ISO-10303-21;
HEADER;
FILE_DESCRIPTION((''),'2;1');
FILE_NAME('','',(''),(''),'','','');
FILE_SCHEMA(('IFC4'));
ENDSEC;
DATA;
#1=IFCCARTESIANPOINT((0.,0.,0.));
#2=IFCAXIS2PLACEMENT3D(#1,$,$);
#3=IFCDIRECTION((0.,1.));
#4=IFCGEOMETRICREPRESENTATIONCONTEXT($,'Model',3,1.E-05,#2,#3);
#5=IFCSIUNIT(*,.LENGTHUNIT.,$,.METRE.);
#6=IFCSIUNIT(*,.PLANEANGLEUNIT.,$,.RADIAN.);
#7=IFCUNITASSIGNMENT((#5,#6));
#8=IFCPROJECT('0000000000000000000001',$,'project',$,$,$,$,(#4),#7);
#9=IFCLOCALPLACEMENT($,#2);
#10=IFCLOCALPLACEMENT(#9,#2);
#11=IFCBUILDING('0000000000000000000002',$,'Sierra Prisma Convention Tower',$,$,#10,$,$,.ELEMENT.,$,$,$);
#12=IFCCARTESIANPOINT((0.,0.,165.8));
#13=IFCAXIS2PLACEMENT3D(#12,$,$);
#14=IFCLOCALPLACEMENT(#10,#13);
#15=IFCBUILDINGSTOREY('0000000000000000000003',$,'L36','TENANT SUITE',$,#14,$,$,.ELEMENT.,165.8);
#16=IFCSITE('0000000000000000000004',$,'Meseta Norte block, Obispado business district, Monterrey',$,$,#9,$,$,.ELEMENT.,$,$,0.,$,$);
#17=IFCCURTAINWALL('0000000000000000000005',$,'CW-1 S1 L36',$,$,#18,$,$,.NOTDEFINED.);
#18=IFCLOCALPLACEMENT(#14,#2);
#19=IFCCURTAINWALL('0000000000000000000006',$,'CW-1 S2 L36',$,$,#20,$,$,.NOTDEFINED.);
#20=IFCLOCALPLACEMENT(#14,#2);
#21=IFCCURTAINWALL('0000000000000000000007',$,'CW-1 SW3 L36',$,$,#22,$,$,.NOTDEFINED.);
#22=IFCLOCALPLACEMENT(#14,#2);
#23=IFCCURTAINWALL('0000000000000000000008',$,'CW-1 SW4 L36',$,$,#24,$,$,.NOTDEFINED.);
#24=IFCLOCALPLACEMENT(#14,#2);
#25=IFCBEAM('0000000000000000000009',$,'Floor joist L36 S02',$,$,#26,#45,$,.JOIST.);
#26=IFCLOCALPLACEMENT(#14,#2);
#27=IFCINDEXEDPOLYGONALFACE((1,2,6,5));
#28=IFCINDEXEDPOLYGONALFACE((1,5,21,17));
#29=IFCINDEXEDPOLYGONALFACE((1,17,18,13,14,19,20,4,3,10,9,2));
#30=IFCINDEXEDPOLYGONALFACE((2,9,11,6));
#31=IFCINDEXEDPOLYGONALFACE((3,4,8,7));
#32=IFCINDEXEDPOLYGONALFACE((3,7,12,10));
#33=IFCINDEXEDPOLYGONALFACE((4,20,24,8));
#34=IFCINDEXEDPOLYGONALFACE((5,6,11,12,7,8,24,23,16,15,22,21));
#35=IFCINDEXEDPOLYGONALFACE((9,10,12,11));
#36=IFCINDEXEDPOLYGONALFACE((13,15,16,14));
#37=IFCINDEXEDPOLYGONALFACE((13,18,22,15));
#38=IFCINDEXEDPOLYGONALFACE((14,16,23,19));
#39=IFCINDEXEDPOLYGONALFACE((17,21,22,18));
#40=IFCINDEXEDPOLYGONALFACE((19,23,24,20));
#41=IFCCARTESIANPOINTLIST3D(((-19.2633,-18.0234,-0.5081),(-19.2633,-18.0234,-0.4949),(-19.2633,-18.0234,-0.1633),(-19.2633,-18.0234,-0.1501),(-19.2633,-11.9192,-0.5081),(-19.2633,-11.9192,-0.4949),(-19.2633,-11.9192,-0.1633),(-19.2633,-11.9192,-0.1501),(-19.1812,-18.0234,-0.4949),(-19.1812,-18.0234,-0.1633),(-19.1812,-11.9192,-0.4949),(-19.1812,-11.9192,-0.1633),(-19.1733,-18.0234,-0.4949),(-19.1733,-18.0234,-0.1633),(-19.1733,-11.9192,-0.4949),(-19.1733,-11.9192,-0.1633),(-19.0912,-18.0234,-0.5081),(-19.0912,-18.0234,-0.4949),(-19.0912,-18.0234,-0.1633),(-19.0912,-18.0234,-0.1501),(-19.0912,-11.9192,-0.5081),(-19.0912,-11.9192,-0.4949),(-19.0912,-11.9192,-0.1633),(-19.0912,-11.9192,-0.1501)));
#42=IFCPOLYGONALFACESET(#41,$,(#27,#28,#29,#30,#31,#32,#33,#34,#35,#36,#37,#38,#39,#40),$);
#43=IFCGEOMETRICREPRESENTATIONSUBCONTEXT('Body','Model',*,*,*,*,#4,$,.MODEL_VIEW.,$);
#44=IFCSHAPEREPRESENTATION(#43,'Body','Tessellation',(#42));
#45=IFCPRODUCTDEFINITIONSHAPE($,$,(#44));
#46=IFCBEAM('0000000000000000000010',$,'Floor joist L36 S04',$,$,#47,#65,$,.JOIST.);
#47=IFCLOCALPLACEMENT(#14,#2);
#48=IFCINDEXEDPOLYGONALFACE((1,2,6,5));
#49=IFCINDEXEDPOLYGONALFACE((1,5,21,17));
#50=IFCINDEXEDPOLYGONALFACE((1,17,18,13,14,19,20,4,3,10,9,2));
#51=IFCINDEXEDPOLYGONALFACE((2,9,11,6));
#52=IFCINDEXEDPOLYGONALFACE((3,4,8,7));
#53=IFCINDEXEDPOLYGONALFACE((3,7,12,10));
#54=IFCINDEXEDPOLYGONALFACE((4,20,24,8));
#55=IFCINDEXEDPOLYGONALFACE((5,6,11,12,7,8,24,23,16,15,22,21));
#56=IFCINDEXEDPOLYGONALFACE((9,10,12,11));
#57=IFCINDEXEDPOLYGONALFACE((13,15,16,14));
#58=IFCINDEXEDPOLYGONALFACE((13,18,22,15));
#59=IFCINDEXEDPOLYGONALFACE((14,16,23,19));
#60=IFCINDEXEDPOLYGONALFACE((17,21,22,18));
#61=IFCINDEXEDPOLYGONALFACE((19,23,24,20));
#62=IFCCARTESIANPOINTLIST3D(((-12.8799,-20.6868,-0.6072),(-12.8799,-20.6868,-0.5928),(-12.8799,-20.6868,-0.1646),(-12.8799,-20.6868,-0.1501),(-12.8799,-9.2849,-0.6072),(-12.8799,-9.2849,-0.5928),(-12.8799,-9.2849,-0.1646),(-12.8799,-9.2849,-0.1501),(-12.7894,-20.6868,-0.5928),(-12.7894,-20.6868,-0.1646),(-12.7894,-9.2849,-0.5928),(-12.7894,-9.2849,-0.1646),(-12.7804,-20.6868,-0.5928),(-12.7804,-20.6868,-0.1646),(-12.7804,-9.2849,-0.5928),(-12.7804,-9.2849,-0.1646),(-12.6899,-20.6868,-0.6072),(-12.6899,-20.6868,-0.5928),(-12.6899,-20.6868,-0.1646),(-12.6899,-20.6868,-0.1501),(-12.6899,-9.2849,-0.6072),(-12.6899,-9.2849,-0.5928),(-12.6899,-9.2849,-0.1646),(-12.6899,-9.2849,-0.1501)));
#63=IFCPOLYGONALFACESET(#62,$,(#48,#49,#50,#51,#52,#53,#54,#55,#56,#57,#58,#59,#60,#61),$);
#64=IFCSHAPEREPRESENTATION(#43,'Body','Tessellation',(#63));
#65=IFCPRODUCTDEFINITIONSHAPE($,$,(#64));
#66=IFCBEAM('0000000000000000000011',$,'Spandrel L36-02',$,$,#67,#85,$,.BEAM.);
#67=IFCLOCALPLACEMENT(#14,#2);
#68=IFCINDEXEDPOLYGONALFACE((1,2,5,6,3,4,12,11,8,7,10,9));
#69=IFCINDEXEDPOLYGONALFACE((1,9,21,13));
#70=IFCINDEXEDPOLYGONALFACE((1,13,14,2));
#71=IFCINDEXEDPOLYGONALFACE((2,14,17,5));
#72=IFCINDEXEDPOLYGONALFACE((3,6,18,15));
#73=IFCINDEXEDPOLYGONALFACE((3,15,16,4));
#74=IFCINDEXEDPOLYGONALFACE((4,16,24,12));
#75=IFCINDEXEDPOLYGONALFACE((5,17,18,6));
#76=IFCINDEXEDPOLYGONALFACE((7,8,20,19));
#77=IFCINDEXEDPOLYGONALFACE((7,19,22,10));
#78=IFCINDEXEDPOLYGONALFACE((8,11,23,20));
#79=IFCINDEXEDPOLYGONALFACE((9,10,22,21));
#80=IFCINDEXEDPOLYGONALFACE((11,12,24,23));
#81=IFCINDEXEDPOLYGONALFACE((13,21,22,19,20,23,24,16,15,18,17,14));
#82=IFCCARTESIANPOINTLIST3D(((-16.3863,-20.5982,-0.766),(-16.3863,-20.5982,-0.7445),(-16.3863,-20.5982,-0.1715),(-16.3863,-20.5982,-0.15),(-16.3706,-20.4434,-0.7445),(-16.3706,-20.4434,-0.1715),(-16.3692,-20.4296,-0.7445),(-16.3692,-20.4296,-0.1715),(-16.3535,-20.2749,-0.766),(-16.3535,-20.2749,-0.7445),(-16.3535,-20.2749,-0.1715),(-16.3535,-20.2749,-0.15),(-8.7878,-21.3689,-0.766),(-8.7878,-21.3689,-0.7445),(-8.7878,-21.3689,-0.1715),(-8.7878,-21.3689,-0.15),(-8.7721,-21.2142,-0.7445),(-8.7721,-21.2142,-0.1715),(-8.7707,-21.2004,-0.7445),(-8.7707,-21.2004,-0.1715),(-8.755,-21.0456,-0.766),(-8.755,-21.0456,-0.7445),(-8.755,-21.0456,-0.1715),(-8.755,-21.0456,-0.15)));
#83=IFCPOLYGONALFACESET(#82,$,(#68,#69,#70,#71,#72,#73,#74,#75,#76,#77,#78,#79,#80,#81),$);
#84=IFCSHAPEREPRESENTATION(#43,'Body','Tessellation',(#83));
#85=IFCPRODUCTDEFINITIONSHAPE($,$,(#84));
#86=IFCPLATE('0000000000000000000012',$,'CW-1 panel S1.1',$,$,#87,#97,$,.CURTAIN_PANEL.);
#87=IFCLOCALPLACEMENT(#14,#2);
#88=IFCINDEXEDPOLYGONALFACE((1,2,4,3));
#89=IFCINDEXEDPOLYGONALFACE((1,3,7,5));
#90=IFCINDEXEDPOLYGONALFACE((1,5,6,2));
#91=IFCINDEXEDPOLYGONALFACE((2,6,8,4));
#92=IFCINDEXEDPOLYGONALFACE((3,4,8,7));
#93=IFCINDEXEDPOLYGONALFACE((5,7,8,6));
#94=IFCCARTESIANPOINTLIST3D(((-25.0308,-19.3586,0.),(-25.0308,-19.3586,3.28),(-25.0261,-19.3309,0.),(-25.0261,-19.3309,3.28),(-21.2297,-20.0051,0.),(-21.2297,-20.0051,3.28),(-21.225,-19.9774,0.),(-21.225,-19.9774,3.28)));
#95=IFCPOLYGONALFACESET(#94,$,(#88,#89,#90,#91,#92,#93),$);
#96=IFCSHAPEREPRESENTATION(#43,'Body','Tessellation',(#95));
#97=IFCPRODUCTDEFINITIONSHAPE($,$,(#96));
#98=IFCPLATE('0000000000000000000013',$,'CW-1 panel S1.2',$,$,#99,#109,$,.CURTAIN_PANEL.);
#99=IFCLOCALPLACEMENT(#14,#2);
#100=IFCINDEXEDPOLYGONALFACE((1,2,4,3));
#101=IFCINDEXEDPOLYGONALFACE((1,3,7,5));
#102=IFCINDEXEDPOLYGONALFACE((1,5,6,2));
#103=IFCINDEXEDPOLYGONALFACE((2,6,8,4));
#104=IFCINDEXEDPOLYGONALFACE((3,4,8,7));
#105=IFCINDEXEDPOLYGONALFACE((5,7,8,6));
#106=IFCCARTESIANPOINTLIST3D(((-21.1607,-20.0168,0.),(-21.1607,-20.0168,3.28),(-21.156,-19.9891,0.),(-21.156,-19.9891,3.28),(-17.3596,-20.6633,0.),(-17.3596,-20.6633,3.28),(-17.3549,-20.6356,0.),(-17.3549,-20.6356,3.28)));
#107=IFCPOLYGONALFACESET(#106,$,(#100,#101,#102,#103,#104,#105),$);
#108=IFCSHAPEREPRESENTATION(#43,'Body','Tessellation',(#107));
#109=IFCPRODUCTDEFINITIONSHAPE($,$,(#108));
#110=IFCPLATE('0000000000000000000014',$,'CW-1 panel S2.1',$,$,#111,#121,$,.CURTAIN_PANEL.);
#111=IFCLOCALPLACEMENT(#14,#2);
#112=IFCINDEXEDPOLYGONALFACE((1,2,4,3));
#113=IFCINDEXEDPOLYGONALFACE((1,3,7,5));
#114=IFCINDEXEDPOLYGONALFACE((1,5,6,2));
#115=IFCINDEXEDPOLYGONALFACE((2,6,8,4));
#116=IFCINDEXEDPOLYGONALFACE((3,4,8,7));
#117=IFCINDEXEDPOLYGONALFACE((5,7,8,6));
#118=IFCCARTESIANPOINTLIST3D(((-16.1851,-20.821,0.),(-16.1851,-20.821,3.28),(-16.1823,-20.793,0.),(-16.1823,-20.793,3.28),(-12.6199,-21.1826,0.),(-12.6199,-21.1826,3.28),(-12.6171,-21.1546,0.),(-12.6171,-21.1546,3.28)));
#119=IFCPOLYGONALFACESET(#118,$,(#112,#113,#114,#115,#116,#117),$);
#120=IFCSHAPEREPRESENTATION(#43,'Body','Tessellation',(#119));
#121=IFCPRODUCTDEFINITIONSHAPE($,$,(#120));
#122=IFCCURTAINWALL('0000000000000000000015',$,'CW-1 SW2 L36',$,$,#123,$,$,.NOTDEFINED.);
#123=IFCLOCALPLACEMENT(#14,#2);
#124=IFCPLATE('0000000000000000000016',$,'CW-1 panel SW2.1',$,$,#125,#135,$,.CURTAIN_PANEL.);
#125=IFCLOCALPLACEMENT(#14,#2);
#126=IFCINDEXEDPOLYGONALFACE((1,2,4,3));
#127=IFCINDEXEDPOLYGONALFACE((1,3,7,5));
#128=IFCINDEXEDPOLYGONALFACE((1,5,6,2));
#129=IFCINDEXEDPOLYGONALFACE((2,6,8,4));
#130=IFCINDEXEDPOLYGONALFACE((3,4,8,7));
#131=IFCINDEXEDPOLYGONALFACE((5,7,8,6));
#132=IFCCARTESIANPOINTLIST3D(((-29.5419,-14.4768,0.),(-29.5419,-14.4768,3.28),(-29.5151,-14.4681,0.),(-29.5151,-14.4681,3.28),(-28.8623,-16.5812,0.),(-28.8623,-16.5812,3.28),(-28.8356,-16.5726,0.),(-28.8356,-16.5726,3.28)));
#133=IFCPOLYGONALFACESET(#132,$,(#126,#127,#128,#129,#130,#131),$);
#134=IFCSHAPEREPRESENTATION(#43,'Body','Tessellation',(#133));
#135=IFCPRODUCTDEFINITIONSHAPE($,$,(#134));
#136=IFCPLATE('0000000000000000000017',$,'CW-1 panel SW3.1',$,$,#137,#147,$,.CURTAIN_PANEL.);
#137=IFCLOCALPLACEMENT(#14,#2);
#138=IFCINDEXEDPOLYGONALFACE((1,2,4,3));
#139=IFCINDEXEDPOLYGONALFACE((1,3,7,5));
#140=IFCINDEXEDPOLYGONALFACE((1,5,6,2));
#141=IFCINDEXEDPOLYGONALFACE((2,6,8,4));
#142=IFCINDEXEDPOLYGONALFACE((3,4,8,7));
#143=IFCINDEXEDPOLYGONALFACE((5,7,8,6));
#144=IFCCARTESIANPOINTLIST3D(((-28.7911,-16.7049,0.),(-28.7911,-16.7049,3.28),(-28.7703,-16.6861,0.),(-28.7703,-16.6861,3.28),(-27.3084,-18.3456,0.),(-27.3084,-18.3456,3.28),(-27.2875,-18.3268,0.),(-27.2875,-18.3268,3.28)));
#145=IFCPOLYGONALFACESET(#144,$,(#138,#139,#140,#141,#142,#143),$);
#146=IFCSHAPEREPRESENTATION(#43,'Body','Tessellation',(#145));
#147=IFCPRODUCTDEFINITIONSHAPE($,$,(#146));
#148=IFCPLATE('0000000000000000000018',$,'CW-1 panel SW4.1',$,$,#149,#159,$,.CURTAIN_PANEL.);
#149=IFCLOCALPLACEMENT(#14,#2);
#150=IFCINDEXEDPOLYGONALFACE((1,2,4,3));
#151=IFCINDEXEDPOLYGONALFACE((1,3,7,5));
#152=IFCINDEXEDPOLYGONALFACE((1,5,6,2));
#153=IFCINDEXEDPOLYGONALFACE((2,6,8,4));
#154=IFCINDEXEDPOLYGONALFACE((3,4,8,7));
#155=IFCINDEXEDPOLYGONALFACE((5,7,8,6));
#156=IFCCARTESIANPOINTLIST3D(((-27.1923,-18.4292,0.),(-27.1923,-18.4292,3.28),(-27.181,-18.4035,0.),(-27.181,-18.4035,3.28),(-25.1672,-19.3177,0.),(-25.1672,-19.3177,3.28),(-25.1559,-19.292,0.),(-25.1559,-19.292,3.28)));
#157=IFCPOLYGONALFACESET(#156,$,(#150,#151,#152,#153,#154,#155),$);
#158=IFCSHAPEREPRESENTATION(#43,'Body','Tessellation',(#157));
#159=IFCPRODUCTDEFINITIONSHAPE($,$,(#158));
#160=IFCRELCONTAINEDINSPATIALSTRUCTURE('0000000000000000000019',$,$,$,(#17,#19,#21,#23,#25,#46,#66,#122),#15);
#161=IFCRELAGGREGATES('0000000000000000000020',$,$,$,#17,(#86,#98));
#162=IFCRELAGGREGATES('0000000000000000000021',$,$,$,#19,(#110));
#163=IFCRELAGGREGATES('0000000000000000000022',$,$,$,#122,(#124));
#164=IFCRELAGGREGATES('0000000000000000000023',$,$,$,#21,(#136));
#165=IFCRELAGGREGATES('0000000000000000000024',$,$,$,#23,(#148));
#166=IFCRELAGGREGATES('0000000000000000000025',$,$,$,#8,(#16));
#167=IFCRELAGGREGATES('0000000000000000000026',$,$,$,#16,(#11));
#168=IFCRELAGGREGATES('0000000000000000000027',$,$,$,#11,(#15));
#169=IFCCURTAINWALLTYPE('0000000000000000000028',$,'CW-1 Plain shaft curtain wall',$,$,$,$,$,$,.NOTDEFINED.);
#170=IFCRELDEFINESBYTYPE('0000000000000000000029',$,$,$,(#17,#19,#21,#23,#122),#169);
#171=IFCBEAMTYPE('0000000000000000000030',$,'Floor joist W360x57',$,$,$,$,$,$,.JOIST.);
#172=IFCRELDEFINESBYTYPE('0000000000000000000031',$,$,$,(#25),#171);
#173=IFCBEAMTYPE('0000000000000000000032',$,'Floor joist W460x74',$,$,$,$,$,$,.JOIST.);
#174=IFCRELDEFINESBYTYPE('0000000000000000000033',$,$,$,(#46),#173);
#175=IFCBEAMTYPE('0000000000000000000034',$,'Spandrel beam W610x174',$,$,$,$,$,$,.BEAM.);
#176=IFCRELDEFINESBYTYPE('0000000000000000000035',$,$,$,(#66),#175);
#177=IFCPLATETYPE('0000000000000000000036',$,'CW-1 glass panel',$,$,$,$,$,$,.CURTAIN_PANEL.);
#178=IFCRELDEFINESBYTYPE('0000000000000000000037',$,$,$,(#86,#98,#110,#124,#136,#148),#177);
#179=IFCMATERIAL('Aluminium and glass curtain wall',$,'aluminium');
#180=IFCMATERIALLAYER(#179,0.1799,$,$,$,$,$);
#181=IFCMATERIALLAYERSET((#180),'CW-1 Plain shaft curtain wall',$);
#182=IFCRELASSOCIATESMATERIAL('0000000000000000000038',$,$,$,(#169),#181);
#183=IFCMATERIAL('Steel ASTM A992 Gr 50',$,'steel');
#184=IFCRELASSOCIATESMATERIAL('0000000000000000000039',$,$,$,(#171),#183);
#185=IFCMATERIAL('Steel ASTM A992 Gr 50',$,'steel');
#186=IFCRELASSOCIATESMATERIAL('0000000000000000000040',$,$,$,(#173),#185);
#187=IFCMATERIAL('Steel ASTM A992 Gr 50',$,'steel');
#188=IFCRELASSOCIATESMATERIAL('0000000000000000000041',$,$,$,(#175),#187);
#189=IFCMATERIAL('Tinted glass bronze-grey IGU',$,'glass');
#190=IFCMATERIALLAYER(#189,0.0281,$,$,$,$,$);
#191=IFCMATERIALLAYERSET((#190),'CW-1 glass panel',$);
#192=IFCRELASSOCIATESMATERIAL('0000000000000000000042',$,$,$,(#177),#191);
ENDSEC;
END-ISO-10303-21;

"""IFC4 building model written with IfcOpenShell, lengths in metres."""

from ifc_helpers import new_model, si_unit, direction, frame, origin, origin_2d, place, context, subcontext, project, spatial, rectangle, i_section, extrude, material, layer, layer_set, material_profile, profile_set, type_object, element, aggregate, save


model = new_model("IFC4")

# Units and contexts
model_context = context("Model", 3, precision=1e-05, world=origin(), true_north=direction((0.0, 1.0)))
body_context = subcontext(model_context, "Body", "Model", "MODEL_VIEW")
ifc_project = project(units=[si_unit("LENGTHUNIT", "METRE"), si_unit("PLANEANGLEUNIT", "RADIAN")], contexts=[model_context])

# Site, building, storey
site_placement = place(None, origin())
site = spatial("IfcSite", under=ifc_project, at=site_placement, Name="Meseta Norte block, Obispado business district, Monterrey", CompositionType="ELEMENT", RefElevation=0.0)
building_placement = place(site_placement, origin())
building = spatial("IfcBuilding", under=site, at=building_placement, Name="Sierra Prisma Convention Tower", CompositionType="ELEMENT")
storey_placement = place(building_placement, frame((0.0, 0.0, 165.8)))
storey = spatial("IfcBuildingStorey", under=building, at=storey_placement, Name="L36", Description="TENANT SUITE", CompositionType="ELEMENT", Elevation=165.8)

# Curtain walls
ifc_material_1 = material(Name="Aluminium and glass curtain wall", Category="aluminium")
ifc_layer_1 = layer(ifc_material_1, 0.1799)
ifc_layer_set_1 = layer_set([ifc_layer_1], Name="CW-1 Plain shaft curtain wall")
curtain_wall_type = type_object("IfcCurtainWallType", Name="CW-1 Plain shaft curtain wall", PredefinedType="NOTDEFINED", material=ifc_layer_set_1)
curtain_wall_1_placement = place(storey_placement, origin())
curtain_wall_1 = element("IfcCurtainWall", 1, at=curtain_wall_1_placement, inside=storey, type_object=curtain_wall_type, Name="CW-1 S1 L36", PredefinedType="NOTDEFINED")
curtain_wall_2_placement = place(storey_placement, origin())
curtain_wall_2 = element("IfcCurtainWall", 2, at=curtain_wall_2_placement, inside=storey, type_object=curtain_wall_type, Name="CW-1 S2 L36", PredefinedType="NOTDEFINED")

# Curtain walls
curtain_wall_3_placement = place(storey_placement, origin())
curtain_wall_3 = element("IfcCurtainWall", 3, at=curtain_wall_3_placement, inside=storey, type_object=curtain_wall_type, Name="CW-1 SW3 L36", PredefinedType="NOTDEFINED")
curtain_wall_4_placement = place(storey_placement, origin())
curtain_wall_4 = element("IfcCurtainWall", 4, at=curtain_wall_4_placement, inside=storey, type_object=curtain_wall_type, Name="CW-1 SW4 L36", PredefinedType="NOTDEFINED")

# Beams
ifc_material_2 = material(Name="Steel ASTM A992 Gr 50", Category="steel")
ifc_material_profile_1 = material_profile(ifc_material_2, i_section(OverallWidth=0.1721, OverallDepth=0.3579, WebThickness=0.0078, FlangeThickness=0.0132, at=origin_2d()), Name="W360x57")
ifc_profile_set_1 = profile_set([ifc_material_profile_1], Name="Steel ASTM A992 Gr 50")
beam_type_1 = type_object("IfcBeamType", Name="Floor joist W360x57", PredefinedType="JOIST", material=ifc_profile_set_1)
beam_1_placement = place(storey_placement, frame((-19.1772, -18.0234, -0.3291), z_axis=(0.0, 1.0, 0.0), x_axis=(-1.0, 0.0, 0.0)))
element("IfcBeam", 5, at=beam_1_placement, inside=storey, type_object=beam_type_1, Name="Floor joist L36 S02", PredefinedType="JOIST", context=body_context, shape_type="SweptSolid", body=[
    extrude(i_section(OverallWidth=0.1721, OverallDepth=0.3579, WebThickness=0.0078, FlangeThickness=0.0132, at=origin_2d()), origin(), (0.0, 0.0, 1.0), 6.1042),
])
ifc_material_3 = material(Name="Steel ASTM A992 Gr 50", Category="steel")
ifc_material_profile_2 = material_profile(ifc_material_3, i_section(OverallWidth=0.1899, OverallDepth=0.457, WebThickness=0.009, FlangeThickness=0.0144, at=origin_2d()), Name="W460x74")
ifc_profile_set_2 = profile_set([ifc_material_profile_2], Name="Steel ASTM A992 Gr 50")
beam_type_2 = type_object("IfcBeamType", Name="Floor joist W460x74", PredefinedType="JOIST", material=ifc_profile_set_2)
beam_2_placement = place(storey_placement, frame((-12.7849, -20.6868, -0.3787), z_axis=(0.0, 1.0, 0.0), x_axis=(-1.0, 0.0, 0.0)))
element("IfcBeam", 6, at=beam_2_placement, inside=storey, type_object=beam_type_2, Name="Floor joist L36 S04", PredefinedType="JOIST", context=body_context, shape_type="SweptSolid", body=[
    extrude(i_section(OverallWidth=0.1899, OverallDepth=0.457, WebThickness=0.009, FlangeThickness=0.0144, at=origin_2d()), origin(), (0.0, 0.0, 1.0), 11.4019),
])
ifc_material_4 = material(Name="Steel ASTM A992 Gr 50", Category="steel")
ifc_material_profile_3 = material_profile(ifc_material_4, i_section(OverallWidth=0.325, OverallDepth=0.616, WebThickness=0.0139, FlangeThickness=0.0215, at=origin_2d()), Name="W610x174")
ifc_profile_set_3 = profile_set([ifc_material_profile_3], Name="Steel ASTM A992 Gr 50")
beam_type_3 = type_object("IfcBeamType", Name="Spandrel beam W610x174", PredefinedType="BEAM", material=ifc_profile_set_3)
beam_3_placement = place(storey_placement, frame((-16.3699, -20.4365, -0.458), z_axis=(0.994895, -0.100918, 0.0), x_axis=(0.100918, 0.994895, 0.0)))
element("IfcBeam", 7, at=beam_3_placement, inside=storey, type_object=beam_type_3, Name="Spandrel L36-02", PredefinedType="BEAM", context=body_context, shape_type="SweptSolid", body=[
    extrude(i_section(OverallWidth=0.325, OverallDepth=0.616, WebThickness=0.0139, FlangeThickness=0.0215, at=origin_2d()), origin(), (0.0, 0.0, 1.0), 7.6375),
])

# Plates
ifc_material_5 = material(Name="Tinted glass bronze-grey IGU", Category="glass")
ifc_layer_2 = layer(ifc_material_5, 0.0281)
ifc_layer_set_2 = layer_set([ifc_layer_2], Name="CW-1 glass panel")
plate_type = type_object("IfcPlateType", Name="CW-1 glass panel", PredefinedType="CURTAIN_PANEL", material=ifc_layer_set_2)
plate_1_placement = place(storey_placement, frame((-23.1279, -19.668, 0.0), z_axis=(0.0, 0.0, 1.0), x_axis=(0.985842, -0.167677, 0.0)))
plate_1 = element("IfcPlate", 8, at=plate_1_placement, type_object=plate_type, Name="CW-1 panel S1.1", PredefinedType="CURTAIN_PANEL", context=body_context, shape_type="SweptSolid", body=[
    extrude(rectangle(XDim=3.8557, YDim=0.0281, at=origin_2d()), origin(), (0.0, 0.0, 1.0), 3.28),
])
plate_2_placement = place(storey_placement, frame((-19.2578, -20.3262, 0.0), z_axis=(0.0, 0.0, 1.0), x_axis=(0.985842, -0.167677, 0.0)))
plate_2 = element("IfcPlate", 9, at=plate_2_placement, type_object=plate_type, Name="CW-1 panel S1.2", PredefinedType="CURTAIN_PANEL", context=body_context, shape_type="SweptSolid", body=[
    extrude(rectangle(XDim=3.8557, YDim=0.0281, at=origin_2d()), origin(), (0.0, 0.0, 1.0), 3.28),
])
aggregate(curtain_wall_1, [plate_1, plate_2])
plate_3_placement = place(storey_placement, frame((-14.4011, -20.9878, 0.0), z_axis=(0.0, 0.0, 1.0), x_axis=(0.994895, -0.100911, 0.0)))
plate_3 = element("IfcPlate", 10, at=plate_3_placement, type_object=plate_type, Name="CW-1 panel S2.1", PredefinedType="CURTAIN_PANEL", context=body_context, shape_type="SweptSolid", body=[
    extrude(rectangle(XDim=3.5835, YDim=0.0281, at=origin_2d()), origin(), (0.0, 0.0, 1.0), 3.28),
])
aggregate(curtain_wall_2, [plate_3])

# Curtain wall, plate
curtain_wall_5_placement = place(storey_placement, origin())
curtain_wall_5 = element("IfcCurtainWall", 11, at=curtain_wall_5_placement, inside=storey, type_object=curtain_wall_type, Name="CW-1 SW2 L36", PredefinedType="NOTDEFINED")
plate_4_placement = place(storey_placement, frame((-29.1887, -15.5247, 0.0), z_axis=(0.0, 0.0, 1.0), x_axis=(0.307287, -0.951617, 0.0)))
plate_4 = element("IfcPlate", 12, at=plate_4_placement, type_object=plate_type, Name="CW-1 panel SW2.1", PredefinedType="CURTAIN_PANEL", context=body_context, shape_type="SweptSolid", body=[
    extrude(rectangle(XDim=2.2114, YDim=0.0281, at=origin_2d()), origin(), (0.0, 0.0, 1.0), 3.28),
])
aggregate(curtain_wall_5, [plate_4])

# Plates
plate_5_placement = place(storey_placement, frame((-28.0393, -17.5159, 0.0), z_axis=(0.0, 0.0, 1.0), x_axis=(0.670481, -0.741927, 0.0)))
plate_5 = element("IfcPlate", 13, at=plate_5_placement, type_object=plate_type, Name="CW-1 panel SW3.1", PredefinedType="CURTAIN_PANEL", context=body_context, shape_type="SweptSolid", body=[
    extrude(rectangle(XDim=2.2114, YDim=0.0281, at=origin_2d()), origin(), (0.0, 0.0, 1.0), 3.28),
])
aggregate(curtain_wall_3, [plate_5])
plate_6_placement = place(storey_placement, frame((-26.1741, -18.8606, 0.0), z_axis=(0.0, 0.0, 1.0), x_axis=(0.91575, -0.401748, 0.0)))
plate_6 = element("IfcPlate", 14, at=plate_6_placement, type_object=plate_type, Name="CW-1 panel SW4.1", PredefinedType="CURTAIN_PANEL", context=body_context, shape_type="SweptSolid", body=[
    extrude(rectangle(XDim=2.2114, YDim=0.0281, at=origin_2d()), origin(), (0.0, 0.0, 1.0), 3.28),
])
aggregate(curtain_wall_4, [plate_6])

save(model, "model.ifc")
